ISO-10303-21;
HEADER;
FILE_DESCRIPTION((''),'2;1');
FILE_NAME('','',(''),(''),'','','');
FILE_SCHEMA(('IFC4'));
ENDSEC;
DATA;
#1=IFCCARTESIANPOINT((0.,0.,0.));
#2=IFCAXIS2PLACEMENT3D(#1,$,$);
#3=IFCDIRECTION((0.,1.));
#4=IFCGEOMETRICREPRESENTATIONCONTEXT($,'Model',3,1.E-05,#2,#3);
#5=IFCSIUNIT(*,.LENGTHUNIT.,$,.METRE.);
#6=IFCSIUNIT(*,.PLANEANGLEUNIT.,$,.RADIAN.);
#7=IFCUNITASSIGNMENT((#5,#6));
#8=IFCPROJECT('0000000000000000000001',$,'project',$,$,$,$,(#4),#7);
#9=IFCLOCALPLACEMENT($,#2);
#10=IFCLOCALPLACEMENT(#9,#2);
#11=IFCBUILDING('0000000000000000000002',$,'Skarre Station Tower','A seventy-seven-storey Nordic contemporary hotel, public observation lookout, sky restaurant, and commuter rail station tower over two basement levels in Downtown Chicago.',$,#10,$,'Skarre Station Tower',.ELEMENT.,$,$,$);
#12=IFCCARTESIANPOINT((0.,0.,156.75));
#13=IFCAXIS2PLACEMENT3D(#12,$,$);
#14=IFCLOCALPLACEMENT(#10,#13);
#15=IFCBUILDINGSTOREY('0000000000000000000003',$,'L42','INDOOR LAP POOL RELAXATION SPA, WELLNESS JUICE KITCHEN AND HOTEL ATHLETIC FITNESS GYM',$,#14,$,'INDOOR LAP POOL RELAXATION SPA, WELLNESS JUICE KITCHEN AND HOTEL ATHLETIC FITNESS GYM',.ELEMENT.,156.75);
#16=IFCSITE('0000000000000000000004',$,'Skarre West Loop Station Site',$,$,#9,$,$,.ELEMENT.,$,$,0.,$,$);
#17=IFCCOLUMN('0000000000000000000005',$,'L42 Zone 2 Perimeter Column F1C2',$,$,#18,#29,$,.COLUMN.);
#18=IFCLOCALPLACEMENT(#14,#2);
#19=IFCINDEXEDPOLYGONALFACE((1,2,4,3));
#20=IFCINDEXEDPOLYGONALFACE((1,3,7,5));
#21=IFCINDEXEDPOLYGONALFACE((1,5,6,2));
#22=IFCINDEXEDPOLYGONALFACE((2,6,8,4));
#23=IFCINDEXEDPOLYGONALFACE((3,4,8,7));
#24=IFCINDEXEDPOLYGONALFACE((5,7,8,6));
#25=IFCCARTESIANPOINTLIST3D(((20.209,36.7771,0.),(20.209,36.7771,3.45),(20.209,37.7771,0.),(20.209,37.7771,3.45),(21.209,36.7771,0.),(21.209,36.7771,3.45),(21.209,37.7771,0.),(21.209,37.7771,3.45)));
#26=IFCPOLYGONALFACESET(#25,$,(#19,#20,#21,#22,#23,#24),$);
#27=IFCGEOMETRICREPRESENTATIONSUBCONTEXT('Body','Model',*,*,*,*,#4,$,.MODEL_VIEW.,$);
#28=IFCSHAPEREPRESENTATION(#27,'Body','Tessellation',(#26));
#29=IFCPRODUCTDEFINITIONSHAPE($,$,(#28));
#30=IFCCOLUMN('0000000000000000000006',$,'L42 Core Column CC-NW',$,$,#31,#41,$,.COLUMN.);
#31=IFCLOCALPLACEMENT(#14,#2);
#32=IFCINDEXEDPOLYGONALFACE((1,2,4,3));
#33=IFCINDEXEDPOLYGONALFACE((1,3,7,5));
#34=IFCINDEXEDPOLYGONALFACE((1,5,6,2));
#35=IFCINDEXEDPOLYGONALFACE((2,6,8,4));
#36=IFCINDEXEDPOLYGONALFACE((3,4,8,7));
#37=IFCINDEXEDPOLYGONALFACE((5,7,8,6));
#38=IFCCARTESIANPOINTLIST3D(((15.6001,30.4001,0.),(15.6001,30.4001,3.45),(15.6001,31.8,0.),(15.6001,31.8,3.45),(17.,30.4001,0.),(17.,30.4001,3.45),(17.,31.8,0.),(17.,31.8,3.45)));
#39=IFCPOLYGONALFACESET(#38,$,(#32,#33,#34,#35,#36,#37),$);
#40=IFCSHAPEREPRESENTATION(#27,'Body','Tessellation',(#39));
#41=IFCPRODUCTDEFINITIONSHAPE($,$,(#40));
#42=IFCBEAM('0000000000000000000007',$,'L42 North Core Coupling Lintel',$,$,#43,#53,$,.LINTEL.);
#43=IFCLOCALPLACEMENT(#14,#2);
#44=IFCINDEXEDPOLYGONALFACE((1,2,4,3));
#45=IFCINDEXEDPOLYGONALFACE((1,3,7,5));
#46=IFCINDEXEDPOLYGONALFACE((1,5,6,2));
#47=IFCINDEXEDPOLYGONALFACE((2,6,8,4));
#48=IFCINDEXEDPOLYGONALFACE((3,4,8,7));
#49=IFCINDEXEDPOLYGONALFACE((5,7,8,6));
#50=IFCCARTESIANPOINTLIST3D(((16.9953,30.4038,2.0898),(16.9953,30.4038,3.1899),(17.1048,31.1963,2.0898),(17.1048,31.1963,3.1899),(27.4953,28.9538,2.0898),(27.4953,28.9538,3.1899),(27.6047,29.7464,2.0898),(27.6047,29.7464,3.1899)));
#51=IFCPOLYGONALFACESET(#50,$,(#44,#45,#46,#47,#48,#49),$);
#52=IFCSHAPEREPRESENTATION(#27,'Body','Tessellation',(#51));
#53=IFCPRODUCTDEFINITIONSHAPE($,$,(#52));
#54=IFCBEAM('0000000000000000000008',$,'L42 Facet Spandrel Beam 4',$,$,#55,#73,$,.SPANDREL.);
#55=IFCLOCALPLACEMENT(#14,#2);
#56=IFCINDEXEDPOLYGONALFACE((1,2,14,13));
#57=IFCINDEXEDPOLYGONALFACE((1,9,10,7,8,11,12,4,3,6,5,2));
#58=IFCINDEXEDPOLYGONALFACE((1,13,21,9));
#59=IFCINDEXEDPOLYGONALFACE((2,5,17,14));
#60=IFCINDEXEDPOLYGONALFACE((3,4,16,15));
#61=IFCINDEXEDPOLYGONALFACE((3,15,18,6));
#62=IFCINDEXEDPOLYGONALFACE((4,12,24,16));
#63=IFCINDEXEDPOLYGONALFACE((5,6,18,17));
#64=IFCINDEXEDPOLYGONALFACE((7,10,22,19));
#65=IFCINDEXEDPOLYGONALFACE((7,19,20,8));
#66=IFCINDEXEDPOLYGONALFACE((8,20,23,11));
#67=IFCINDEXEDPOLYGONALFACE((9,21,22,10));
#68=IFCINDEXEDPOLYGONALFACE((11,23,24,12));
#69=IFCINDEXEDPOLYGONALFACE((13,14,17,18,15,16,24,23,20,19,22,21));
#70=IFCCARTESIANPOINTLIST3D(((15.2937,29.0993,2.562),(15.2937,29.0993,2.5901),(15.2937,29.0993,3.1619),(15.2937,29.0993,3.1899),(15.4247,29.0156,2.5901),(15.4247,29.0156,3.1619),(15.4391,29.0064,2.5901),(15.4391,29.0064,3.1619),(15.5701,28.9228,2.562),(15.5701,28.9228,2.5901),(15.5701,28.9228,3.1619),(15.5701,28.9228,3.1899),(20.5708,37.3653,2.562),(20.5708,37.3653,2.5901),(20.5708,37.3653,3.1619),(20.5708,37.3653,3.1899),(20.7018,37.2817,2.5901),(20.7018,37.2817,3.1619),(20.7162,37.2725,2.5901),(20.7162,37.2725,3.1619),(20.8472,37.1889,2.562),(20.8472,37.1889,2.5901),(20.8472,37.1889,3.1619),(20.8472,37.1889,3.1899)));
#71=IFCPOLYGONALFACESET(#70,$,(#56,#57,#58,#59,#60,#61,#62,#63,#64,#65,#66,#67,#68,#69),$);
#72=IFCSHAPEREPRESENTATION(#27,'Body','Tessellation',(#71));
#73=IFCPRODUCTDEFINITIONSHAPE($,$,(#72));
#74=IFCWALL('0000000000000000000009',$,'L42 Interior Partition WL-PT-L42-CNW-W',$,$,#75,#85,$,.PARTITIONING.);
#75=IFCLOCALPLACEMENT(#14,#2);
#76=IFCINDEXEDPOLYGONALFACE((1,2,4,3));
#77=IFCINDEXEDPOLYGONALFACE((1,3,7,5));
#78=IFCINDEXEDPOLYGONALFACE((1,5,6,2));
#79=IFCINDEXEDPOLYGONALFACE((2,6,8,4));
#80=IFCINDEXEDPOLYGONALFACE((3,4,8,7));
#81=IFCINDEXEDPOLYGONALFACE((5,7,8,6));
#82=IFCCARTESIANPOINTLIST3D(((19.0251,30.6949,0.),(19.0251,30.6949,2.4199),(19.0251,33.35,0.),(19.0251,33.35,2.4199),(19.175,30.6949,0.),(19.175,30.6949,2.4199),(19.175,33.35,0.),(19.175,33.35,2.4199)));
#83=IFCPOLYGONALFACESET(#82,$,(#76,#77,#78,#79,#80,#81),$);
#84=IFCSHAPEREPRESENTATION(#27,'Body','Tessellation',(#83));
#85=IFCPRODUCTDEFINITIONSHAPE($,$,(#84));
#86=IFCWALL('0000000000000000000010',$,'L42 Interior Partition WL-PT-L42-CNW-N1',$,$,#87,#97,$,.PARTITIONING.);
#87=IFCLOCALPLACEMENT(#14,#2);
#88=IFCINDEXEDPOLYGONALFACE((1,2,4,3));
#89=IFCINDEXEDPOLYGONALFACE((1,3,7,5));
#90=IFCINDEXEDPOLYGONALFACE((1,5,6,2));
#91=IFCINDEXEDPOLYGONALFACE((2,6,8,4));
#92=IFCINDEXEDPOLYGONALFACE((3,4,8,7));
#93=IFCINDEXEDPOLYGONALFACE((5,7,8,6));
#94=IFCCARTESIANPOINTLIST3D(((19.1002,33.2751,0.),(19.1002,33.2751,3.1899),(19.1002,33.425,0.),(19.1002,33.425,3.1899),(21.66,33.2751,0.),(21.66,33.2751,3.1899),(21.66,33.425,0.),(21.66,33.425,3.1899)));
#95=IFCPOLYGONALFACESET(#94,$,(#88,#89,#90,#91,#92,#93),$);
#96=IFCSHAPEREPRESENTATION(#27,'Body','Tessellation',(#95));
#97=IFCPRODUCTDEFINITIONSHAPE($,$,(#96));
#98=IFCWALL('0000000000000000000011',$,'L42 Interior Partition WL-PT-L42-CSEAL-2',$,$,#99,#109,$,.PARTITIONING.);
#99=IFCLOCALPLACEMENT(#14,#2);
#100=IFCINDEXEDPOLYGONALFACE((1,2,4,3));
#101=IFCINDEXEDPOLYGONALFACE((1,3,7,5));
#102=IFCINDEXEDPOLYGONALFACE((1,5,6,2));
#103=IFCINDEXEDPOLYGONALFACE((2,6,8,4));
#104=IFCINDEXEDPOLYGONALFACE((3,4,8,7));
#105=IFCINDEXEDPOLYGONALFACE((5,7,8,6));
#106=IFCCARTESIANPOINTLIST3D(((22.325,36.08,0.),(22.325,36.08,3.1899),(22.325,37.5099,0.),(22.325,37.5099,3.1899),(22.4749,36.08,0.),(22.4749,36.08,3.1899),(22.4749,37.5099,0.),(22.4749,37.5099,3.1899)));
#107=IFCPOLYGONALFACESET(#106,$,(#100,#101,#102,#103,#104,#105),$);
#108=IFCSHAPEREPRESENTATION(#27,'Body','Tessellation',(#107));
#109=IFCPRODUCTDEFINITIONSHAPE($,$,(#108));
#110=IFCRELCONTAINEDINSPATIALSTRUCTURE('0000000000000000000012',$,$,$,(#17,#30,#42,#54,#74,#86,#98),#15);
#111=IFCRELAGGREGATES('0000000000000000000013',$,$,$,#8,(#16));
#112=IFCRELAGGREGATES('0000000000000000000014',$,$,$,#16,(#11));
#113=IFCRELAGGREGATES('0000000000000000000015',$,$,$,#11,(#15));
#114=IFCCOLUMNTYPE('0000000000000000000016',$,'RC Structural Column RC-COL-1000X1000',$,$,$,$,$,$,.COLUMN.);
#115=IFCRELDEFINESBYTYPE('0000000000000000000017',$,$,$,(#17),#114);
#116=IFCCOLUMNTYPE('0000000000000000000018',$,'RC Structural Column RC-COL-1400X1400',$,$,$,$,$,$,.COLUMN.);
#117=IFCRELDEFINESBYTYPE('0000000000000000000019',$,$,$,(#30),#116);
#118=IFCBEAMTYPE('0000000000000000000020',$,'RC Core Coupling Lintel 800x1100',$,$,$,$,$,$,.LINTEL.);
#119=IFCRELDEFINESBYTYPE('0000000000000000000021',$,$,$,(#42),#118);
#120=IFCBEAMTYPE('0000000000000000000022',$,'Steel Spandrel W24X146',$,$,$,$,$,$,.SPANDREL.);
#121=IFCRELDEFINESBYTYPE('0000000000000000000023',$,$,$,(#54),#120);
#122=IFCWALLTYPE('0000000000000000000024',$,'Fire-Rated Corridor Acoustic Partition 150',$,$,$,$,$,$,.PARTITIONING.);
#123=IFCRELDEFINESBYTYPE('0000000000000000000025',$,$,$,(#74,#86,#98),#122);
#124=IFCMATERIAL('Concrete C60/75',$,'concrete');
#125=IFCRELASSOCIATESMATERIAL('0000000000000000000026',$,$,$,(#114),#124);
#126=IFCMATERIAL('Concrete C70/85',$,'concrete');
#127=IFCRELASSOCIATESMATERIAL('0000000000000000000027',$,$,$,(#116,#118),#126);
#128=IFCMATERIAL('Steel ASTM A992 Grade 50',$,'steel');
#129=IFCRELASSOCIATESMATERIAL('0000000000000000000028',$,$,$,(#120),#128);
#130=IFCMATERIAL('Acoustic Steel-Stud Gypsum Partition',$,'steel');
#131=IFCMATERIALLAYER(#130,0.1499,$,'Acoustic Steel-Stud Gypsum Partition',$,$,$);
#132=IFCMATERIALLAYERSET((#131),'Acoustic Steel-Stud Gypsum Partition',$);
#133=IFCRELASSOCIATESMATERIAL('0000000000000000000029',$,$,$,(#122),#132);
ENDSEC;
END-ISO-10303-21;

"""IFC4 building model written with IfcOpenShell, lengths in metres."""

from ifc_helpers import new_model, si_unit, direction, frame, frame_2d, origin, origin_2d, place, context, subcontext, project, spatial, rectangle, i_section, extrude, material, layer, layer_set, material_profile, profile_set, type_object, element, save


model = new_model("IFC4")

# Units and contexts
model_context = context("Model", 3, precision=1e-05, world=origin(), true_north=direction((0.0, 1.0)))
body_context = subcontext(model_context, "Body", "Model", "MODEL_VIEW")
ifc_project = project(units=[si_unit("LENGTHUNIT", "METRE"), si_unit("PLANEANGLEUNIT", "RADIAN")], contexts=[model_context])

# Site, building, storey
site_placement = place(None, origin())
site = spatial("IfcSite", under=ifc_project, at=site_placement, Name="Skarre West Loop Station Site", CompositionType="ELEMENT", RefElevation=0.0)
building_placement = place(site_placement, origin())
building = spatial("IfcBuilding", under=site, at=building_placement, Name="Skarre Station Tower", Description="A seventy-seven-storey Nordic contemporary hotel, public observation lookout, sky restaurant, and commuter rail station tower over two basement levels in Downtown Chicago.", LongName="Skarre Station Tower", CompositionType="ELEMENT")
storey_placement = place(building_placement, frame((0.0, 0.0, 156.75)))
storey = spatial("IfcBuildingStorey", under=building, at=storey_placement, Name="L42", Description="INDOOR LAP POOL RELAXATION SPA, WELLNESS JUICE KITCHEN AND HOTEL ATHLETIC FITNESS GYM", LongName="INDOOR LAP POOL RELAXATION SPA, WELLNESS JUICE KITCHEN AND HOTEL ATHLETIC FITNESS GYM", CompositionType="ELEMENT", Elevation=156.75)

# Columns
ifc_material_1 = material(Name="Concrete C60/75", Category="concrete")
ifc_material_profile_1 = material_profile(ifc_material_1, rectangle(XDim=1.0, YDim=1.0, at=origin_2d()), Name="Concrete C60/75")
ifc_profile_set_1 = profile_set([ifc_material_profile_1], Name="Concrete C60/75")
column_type_1 = type_object("IfcColumnType", Name="RC Structural Column RC-COL-1000X1000", PredefinedType="COLUMN", material=ifc_profile_set_1)
column_1_placement = place(storey_placement, frame((20.709, 37.2771, 0.0), z_axis=(0.0, 0.0, 1.0), x_axis=(1.0, 0.0, 0.0)))
element("IfcColumn", 1, at=column_1_placement, inside=storey, type_object=column_type_1, Name="L42 Zone 2 Perimeter Column F1C2", PredefinedType="COLUMN", context=body_context, shape_type="SweptSolid", body=[
    extrude(rectangle(XDim=1.0, YDim=1.0, at=origin_2d()), origin(), (0.0, 0.0, 1.0), 3.45),
])
ifc_material_2 = material(Name="Concrete C70/85", Category="concrete")
ifc_material_profile_2 = material_profile(ifc_material_2, rectangle(XDim=1.3999, YDim=1.3999, at=origin_2d()), Name="Concrete C70/85")
ifc_profile_set_2 = profile_set([ifc_material_profile_2], Name="Concrete C70/85")
column_type_2 = type_object("IfcColumnType", Name="RC Structural Column RC-COL-1400X1400", PredefinedType="COLUMN", material=ifc_profile_set_2)
column_2_placement = place(storey_placement, frame((16.3, 31.1001, 0.0), z_axis=(0.0, 0.0, 1.0), x_axis=(1.0, 0.0, 0.0)))
element("IfcColumn", 2, at=column_2_placement, inside=storey, type_object=column_type_2, Name="L42 Core Column CC-NW", PredefinedType="COLUMN", context=body_context, shape_type="SweptSolid", body=[
    extrude(rectangle(XDim=1.3999, YDim=1.3999, at=origin_2d()), origin(), (0.0, 0.0, 1.0), 3.45),
])

# Beams
ifc_material_profile_3 = material_profile(ifc_material_2, rectangle(XDim=0.8, YDim=1.1001, at=origin_2d()), Name="Concrete C70/85")
ifc_profile_set_3 = profile_set([ifc_material_profile_3], Name="Concrete C70/85")
beam_type_1 = type_object("IfcBeamType", Name="RC Core Coupling Lintel 800x1100", PredefinedType="LINTEL", material=ifc_profile_set_3)
beam_1_placement = place(storey_placement, frame((17.05, 30.8, 2.6399), z_axis=(0.9906, -0.136792, 0.0), x_axis=(0.136792, 0.9906, 0.0)))
element("IfcBeam", 3, at=beam_1_placement, inside=storey, type_object=beam_type_1, Name="L42 North Core Coupling Lintel", PredefinedType="LINTEL", context=body_context, shape_type="SweptSolid", body=[
    extrude(rectangle(XDim=0.8, YDim=1.1001, at=origin_2d()), origin(), (0.0, 0.0, 1.0), 10.5996),
])
ifc_material_3 = material(Name="Steel ASTM A992 Grade 50", Category="steel")
ifc_material_profile_4 = material_profile(ifc_material_3, i_section(OverallWidth=0.3279, OverallDepth=0.6279, WebThickness=0.0171, FlangeThickness=0.0281, at=origin_2d()), Name="Steel ASTM A992 Grade 50")
ifc_profile_set_4 = profile_set([ifc_material_profile_4], Name="Steel ASTM A992 Grade 50")
beam_type_2 = type_object("IfcBeamType", Name="Steel Spandrel W24X146", PredefinedType="SPANDREL", material=ifc_profile_set_4)
beam_2_placement = place(storey_placement, frame((20.709, 37.2771, 2.876), z_axis=(-0.538098, -0.842883, 0.0), x_axis=(0.842883, -0.538098, 0.0)))
element("IfcBeam", 4, at=beam_2_placement, inside=storey, type_object=beam_type_2, Name="L42 Facet Spandrel Beam 4", PredefinedType="SPANDREL", context=body_context, shape_type="SweptSolid", body=[
    extrude(i_section(OverallWidth=0.3279, OverallDepth=0.6279, WebThickness=0.0171, FlangeThickness=0.0281, at=origin_2d()), origin(), (0.0, 0.0, 1.0), 9.8069),
])

# Walls
ifc_material_4 = material(Name="Acoustic Steel-Stud Gypsum Partition", Category="steel")
ifc_layer_1 = layer(ifc_material_4, 0.1499, Name="Acoustic Steel-Stud Gypsum Partition")
ifc_layer_set_1 = layer_set([ifc_layer_1], Name="Acoustic Steel-Stud Gypsum Partition")
wall_type_1 = type_object("IfcWallType", Name="Fire-Rated Corridor Acoustic Partition 150", PredefinedType="PARTITIONING", material=ifc_layer_set_1)
wall_1_placement = place(storey_placement, frame((19.1001, 33.3501, 0.0), z_axis=(0.0, 0.0, 1.0), x_axis=(0.0, -1.0, 0.0)))
element("IfcWall", 5, at=wall_1_placement, inside=storey, type_object=wall_type_1, Name="L42 Interior Partition WL-PT-L42-CNW-W", PredefinedType="PARTITIONING", context=body_context, shape_type="SweptSolid", body=[
    extrude(rectangle(XDim=2.655, YDim=0.1499, at=frame_2d((1.3276, 0.0))), origin(), (0.0, 0.0, 1.0), 2.4199),
])
wall_2_placement = place(storey_placement, frame((21.6599, 33.3501, 0.0), z_axis=(0.0, 0.0, 1.0), x_axis=(-1.0, 0.0, 0.0)))
element("IfcWall", 6, at=wall_2_placement, inside=storey, type_object=wall_type_1, Name="L42 Interior Partition WL-PT-L42-CNW-N1", PredefinedType="PARTITIONING", context=body_context, shape_type="SweptSolid", body=[
    extrude(rectangle(XDim=2.5598, YDim=0.1499, at=frame_2d((1.2798, 0.0))), origin(), (0.0, 0.0, 1.0), 3.1899),
])
wall_3_placement = place(storey_placement, frame((22.3999, 36.0801, 0.0), z_axis=(0.0, 0.0, 1.0), x_axis=(0.0, 1.0, 0.0)))
element("IfcWall", 7, at=wall_3_placement, inside=storey, type_object=wall_type_1, Name="L42 Interior Partition WL-PT-L42-CSEAL-2", PredefinedType="PARTITIONING", context=body_context, shape_type="SweptSolid", body=[
    extrude(rectangle(XDim=1.4299, YDim=0.1499, at=frame_2d((0.7148, 0.0))), origin(), (0.0, 0.0, 1.0), 3.1899),
])

save(model, "model.ifc")
